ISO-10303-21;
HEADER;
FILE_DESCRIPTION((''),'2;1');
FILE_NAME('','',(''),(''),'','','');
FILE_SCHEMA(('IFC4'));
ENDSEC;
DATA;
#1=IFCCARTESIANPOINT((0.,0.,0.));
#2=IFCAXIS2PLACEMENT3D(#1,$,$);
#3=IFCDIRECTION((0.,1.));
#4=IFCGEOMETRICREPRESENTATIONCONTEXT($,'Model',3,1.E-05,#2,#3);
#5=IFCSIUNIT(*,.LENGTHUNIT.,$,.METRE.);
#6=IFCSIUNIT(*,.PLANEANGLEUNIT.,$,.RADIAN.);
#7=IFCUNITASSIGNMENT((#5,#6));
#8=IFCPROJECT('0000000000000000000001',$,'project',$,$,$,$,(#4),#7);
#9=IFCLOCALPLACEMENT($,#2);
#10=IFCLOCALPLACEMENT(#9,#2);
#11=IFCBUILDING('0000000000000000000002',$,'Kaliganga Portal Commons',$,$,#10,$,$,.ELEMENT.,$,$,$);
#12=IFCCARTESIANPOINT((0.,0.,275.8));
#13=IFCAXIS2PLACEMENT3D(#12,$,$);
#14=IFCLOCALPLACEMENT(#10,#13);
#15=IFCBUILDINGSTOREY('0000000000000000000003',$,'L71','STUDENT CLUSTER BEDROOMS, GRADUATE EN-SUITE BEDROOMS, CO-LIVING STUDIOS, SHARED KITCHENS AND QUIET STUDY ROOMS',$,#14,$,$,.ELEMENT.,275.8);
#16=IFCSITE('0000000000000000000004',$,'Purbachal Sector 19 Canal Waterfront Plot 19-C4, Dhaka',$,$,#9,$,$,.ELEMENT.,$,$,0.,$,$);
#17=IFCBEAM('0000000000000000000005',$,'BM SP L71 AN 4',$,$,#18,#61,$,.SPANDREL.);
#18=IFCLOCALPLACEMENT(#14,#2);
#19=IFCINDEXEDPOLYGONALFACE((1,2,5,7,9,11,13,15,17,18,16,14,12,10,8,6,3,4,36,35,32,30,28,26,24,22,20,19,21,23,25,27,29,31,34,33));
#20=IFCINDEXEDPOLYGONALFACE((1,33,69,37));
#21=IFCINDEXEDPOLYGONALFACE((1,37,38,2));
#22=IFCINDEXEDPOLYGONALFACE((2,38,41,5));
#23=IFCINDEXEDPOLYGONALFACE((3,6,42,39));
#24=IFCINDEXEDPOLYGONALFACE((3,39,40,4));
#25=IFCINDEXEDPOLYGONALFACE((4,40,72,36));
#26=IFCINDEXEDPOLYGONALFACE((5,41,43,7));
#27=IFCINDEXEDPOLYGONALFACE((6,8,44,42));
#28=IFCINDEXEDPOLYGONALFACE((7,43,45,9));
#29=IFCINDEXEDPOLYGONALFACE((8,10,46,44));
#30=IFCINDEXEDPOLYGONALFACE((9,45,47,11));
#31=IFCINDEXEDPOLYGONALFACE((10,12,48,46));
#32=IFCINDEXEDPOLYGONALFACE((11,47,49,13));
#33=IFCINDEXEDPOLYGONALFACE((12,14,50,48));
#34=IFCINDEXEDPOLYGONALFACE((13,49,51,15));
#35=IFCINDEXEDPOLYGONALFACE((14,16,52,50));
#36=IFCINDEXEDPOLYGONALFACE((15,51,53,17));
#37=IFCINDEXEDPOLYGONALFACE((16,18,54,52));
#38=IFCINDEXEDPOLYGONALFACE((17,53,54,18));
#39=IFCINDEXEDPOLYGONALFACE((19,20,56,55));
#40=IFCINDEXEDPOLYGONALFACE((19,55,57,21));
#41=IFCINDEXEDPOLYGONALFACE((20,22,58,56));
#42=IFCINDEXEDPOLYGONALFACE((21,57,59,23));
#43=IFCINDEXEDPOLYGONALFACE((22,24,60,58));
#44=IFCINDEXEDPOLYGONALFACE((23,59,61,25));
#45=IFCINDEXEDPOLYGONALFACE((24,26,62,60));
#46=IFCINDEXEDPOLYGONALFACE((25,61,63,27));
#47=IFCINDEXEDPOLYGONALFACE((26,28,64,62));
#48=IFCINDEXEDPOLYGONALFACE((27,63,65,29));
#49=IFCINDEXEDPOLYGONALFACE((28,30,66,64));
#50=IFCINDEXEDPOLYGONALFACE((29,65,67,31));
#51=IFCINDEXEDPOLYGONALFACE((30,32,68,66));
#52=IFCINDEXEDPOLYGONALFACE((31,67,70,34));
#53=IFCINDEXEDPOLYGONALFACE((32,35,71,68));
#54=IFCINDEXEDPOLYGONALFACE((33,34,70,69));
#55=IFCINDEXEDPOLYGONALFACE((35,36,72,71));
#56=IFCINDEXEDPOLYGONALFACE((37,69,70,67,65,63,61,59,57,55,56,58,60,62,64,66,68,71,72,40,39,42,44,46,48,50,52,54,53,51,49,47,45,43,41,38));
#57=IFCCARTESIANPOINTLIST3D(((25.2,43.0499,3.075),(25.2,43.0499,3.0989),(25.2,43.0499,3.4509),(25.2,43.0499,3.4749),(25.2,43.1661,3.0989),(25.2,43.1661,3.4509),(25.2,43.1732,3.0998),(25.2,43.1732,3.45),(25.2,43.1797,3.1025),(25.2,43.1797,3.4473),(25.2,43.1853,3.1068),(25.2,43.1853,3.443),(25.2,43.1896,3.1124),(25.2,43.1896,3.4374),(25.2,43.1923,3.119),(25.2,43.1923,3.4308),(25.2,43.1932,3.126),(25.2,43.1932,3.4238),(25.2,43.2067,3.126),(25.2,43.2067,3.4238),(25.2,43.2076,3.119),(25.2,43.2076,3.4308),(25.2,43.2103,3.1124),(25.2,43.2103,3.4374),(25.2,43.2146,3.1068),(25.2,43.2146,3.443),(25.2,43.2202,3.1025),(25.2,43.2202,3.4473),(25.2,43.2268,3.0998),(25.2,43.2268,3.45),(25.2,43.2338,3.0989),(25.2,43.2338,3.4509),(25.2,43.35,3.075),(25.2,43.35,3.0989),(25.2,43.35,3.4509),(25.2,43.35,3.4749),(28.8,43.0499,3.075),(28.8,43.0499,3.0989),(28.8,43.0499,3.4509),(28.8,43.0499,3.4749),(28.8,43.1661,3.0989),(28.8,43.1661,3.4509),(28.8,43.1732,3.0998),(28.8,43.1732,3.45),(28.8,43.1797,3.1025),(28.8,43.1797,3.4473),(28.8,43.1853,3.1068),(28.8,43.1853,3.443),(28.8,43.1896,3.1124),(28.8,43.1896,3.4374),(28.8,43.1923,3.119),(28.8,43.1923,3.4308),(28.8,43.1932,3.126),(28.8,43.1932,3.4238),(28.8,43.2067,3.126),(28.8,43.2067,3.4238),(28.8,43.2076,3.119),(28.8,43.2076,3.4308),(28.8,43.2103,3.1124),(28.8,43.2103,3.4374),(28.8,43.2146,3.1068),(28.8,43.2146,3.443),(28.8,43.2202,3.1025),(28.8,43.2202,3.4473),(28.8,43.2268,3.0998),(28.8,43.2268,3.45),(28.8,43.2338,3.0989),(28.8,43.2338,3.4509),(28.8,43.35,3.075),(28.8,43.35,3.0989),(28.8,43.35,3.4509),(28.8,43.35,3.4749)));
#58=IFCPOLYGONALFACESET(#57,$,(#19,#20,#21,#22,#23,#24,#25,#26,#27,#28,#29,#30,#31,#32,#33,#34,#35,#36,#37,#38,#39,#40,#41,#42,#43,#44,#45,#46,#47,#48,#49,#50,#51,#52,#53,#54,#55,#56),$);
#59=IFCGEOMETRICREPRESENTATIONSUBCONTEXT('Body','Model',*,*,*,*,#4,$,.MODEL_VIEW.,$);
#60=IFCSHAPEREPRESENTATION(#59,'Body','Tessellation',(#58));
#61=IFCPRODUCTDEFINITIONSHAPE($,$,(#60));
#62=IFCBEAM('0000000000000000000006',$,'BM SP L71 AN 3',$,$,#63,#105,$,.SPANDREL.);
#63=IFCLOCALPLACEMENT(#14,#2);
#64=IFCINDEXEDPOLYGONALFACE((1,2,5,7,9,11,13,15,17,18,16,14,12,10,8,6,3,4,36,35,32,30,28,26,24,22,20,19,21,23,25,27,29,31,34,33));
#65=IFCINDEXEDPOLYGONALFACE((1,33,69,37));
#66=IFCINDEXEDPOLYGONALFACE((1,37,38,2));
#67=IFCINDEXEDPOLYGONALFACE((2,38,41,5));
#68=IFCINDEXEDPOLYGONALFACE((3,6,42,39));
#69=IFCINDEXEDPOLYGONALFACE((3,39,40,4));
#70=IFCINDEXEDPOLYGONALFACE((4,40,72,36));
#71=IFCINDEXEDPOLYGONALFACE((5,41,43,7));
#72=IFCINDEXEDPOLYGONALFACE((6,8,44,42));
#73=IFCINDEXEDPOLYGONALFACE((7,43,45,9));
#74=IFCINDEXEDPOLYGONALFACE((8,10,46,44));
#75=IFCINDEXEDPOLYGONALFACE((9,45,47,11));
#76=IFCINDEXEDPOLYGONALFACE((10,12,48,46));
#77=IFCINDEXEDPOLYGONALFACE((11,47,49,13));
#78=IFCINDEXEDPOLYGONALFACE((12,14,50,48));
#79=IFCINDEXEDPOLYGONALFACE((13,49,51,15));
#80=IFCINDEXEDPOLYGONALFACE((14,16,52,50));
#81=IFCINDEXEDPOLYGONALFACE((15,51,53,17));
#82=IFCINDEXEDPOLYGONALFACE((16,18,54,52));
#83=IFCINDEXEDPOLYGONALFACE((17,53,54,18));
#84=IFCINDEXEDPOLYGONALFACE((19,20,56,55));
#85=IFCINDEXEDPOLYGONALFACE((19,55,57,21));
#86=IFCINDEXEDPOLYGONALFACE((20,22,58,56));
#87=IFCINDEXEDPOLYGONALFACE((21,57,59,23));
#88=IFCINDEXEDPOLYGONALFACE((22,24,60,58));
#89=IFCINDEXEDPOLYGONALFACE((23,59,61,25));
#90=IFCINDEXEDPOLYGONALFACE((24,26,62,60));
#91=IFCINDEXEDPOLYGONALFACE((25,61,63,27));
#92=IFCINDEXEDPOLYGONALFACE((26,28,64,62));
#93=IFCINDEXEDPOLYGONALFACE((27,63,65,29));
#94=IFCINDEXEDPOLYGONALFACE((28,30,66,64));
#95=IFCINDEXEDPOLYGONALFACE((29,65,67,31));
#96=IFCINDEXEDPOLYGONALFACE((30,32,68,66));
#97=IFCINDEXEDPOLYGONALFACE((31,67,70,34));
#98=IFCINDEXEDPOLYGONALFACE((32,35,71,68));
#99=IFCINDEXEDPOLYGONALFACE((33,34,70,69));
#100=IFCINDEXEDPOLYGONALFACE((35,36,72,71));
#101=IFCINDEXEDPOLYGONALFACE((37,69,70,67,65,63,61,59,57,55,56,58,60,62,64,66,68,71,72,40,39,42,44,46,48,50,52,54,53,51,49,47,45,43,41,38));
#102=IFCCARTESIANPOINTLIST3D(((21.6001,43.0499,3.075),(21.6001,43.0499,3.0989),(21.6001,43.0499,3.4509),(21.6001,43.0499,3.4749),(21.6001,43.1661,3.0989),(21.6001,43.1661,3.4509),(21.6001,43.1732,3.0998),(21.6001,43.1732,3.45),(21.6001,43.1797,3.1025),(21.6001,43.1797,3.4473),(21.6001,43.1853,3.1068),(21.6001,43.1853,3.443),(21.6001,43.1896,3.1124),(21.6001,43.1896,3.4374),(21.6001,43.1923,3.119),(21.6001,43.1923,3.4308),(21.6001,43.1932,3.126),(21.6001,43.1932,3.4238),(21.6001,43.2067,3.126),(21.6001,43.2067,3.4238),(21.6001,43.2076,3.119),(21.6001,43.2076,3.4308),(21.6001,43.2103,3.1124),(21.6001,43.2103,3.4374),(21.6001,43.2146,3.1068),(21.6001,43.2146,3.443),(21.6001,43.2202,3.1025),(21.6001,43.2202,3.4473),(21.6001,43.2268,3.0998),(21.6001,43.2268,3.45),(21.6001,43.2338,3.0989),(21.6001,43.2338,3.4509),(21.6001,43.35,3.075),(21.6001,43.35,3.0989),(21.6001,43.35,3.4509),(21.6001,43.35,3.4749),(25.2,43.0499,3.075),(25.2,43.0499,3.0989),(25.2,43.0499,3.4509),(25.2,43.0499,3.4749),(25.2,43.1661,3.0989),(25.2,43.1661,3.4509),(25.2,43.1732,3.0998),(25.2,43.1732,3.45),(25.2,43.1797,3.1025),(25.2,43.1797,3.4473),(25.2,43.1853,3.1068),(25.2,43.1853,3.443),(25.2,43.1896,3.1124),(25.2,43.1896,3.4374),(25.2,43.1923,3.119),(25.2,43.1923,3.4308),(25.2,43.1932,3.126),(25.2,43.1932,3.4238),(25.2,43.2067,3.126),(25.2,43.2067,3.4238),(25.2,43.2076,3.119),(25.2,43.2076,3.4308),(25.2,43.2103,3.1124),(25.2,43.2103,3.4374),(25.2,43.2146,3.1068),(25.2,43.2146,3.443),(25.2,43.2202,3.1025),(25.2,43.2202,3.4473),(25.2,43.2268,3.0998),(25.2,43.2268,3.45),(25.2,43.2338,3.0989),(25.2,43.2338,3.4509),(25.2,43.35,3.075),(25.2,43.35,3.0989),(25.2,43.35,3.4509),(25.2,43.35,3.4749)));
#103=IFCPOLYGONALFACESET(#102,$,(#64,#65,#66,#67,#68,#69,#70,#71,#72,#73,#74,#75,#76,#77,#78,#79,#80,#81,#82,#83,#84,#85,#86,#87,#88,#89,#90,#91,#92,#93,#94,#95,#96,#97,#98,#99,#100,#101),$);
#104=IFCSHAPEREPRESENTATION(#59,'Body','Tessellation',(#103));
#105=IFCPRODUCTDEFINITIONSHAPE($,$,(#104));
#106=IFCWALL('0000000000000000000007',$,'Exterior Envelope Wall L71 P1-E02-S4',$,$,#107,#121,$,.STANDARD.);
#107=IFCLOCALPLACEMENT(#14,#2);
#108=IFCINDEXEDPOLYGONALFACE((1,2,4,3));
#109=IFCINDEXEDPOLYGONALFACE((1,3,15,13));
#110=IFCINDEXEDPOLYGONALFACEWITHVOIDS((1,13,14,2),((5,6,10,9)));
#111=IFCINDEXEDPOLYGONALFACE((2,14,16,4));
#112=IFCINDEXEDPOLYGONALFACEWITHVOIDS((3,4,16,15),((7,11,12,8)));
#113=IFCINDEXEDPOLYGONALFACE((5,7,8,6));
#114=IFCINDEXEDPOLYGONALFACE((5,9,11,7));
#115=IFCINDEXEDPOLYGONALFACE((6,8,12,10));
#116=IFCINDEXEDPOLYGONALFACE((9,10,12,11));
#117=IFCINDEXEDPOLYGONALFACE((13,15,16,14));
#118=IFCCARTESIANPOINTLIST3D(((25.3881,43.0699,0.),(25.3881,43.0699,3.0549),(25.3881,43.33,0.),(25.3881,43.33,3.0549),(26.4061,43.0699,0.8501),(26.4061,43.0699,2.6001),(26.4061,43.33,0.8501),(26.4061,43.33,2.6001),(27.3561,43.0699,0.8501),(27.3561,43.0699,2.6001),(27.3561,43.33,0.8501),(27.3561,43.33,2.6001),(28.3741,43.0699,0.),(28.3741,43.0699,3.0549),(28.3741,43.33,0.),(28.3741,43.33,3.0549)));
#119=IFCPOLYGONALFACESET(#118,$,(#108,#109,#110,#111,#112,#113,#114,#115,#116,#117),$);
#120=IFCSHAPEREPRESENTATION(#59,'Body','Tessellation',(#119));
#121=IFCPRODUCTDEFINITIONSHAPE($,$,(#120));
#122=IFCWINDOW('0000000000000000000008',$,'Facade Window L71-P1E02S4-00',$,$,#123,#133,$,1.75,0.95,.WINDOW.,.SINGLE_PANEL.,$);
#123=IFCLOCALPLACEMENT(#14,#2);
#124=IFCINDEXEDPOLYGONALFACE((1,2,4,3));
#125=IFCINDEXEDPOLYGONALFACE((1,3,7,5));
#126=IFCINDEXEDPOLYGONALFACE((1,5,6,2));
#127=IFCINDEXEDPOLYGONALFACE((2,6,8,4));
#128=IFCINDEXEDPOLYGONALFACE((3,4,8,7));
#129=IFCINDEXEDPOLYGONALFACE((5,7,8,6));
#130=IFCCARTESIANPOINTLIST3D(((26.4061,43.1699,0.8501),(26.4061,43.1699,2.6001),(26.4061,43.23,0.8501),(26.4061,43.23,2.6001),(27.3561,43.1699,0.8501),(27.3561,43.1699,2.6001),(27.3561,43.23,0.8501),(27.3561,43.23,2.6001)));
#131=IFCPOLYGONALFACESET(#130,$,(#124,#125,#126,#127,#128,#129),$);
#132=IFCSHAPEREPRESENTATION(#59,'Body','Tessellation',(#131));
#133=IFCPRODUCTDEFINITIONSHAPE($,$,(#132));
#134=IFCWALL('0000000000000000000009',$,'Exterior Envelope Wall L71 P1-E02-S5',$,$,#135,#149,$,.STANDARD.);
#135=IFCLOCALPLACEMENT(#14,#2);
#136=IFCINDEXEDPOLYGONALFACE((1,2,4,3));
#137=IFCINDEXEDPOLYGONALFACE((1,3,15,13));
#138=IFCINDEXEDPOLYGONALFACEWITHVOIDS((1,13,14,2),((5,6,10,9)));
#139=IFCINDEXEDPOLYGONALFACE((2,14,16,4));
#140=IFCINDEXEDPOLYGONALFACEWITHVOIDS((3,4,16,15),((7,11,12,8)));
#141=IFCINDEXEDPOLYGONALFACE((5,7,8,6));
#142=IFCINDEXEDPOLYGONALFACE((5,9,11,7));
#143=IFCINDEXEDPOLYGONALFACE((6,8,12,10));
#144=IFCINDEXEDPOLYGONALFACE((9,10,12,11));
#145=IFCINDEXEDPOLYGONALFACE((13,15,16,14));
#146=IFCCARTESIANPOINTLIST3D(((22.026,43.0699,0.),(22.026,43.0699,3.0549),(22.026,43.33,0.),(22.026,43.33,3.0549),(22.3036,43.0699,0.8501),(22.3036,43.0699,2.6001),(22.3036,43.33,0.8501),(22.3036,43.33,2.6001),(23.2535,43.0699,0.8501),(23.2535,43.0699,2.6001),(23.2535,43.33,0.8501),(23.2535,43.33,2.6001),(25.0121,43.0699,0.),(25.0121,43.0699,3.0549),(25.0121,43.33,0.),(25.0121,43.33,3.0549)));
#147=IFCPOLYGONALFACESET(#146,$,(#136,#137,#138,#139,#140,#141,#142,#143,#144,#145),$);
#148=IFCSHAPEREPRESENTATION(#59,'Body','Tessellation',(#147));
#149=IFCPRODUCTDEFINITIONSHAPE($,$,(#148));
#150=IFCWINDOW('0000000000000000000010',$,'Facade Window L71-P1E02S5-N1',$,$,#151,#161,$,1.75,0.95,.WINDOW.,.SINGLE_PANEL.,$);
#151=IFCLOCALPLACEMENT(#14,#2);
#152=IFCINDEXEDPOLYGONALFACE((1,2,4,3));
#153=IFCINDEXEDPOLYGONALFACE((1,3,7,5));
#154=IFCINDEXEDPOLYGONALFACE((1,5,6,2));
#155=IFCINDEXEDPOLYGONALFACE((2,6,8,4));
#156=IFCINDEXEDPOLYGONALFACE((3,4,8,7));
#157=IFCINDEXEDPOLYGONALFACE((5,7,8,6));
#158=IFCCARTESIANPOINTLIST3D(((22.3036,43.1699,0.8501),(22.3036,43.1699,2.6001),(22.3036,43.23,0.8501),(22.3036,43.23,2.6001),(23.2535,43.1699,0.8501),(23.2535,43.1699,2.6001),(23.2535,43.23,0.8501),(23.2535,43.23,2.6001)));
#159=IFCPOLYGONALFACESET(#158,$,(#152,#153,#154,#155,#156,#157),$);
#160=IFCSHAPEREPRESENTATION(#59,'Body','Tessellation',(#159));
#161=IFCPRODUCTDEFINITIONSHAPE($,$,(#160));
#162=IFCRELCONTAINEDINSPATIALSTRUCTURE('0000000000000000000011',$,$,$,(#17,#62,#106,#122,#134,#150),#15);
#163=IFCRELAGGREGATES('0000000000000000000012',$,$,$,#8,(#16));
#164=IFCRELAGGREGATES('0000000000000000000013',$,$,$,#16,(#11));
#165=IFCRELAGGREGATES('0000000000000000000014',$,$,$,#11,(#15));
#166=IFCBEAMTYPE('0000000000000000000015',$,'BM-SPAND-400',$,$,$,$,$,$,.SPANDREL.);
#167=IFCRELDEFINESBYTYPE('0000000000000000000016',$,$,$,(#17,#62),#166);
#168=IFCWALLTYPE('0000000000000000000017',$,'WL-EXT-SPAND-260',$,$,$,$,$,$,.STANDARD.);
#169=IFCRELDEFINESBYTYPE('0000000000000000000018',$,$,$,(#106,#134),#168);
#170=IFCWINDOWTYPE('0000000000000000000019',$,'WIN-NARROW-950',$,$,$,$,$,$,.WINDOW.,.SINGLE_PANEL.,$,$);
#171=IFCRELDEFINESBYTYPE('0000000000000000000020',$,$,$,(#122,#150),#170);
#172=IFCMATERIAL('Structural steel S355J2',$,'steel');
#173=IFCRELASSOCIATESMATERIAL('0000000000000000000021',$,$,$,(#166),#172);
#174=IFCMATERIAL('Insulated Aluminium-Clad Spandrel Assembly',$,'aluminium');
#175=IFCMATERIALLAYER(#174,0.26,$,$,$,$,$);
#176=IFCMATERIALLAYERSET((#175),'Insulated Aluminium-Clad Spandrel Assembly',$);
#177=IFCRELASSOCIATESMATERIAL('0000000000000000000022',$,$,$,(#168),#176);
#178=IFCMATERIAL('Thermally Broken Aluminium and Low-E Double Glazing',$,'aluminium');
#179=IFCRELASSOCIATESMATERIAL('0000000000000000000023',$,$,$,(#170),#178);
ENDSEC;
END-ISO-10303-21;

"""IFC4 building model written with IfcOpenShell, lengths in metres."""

from ifc_helpers import new_model, si_unit, direction, frame, frame_2d, origin, origin_2d, place, context, subcontext, project, spatial, rectangle, i_section, extrude, source, transform, mapped, material, layer, layer_set, material_profile, profile_set, type_object, element, fill, save


model = new_model("IFC4")

# Units and contexts
model_context = context("Model", 3, precision=1e-05, world=origin(), true_north=direction((0.0, 1.0)))
body_context = subcontext(model_context, "Body", "Model", "MODEL_VIEW")
ifc_project = project(units=[si_unit("LENGTHUNIT", "METRE"), si_unit("PLANEANGLEUNIT", "RADIAN")], contexts=[model_context])

# Site, building, storey
site_placement = place(None, origin())
site = spatial("IfcSite", under=ifc_project, at=site_placement, Name="Purbachal Sector 19 Canal Waterfront Plot 19-C4, Dhaka", CompositionType="ELEMENT", RefElevation=0.0)
building_placement = place(site_placement, origin())
building = spatial("IfcBuilding", under=site, at=building_placement, Name="Kaliganga Portal Commons", CompositionType="ELEMENT")
storey_placement = place(building_placement, frame((0.0, 0.0, 275.8)))
storey = spatial("IfcBuildingStorey", under=building, at=storey_placement, Name="L71", Description="STUDENT CLUSTER BEDROOMS, GRADUATE EN-SUITE BEDROOMS, CO-LIVING STUDIOS, SHARED KITCHENS AND QUIET STUDY ROOMS", CompositionType="ELEMENT", Elevation=275.8)

# Shared definitions
ifc_material_1 = material(Name="Structural steel S355J2", Category="steel")

# Beams
ifc_material_profile_1 = material_profile(ifc_material_1, i_section(OverallWidth=0.3, OverallDepth=0.3999, WebThickness=0.0134, FlangeThickness=0.0239, FilletRadius=0.0271, at=origin_2d()), Name="HE 400 B")
ifc_profile_set_1 = profile_set([ifc_material_profile_1], Name="Structural steel S355J2 wide-flange")
beam_type = type_object("IfcBeamType", Name="BM-SPAND-400", PredefinedType="SPANDREL", material=ifc_profile_set_1)
shared_shape_1 = source(origin(), body_context, "Body", "SweptSolid", [
    extrude(i_section(OverallWidth=0.3, OverallDepth=0.3999, WebThickness=0.0134, FlangeThickness=0.0239, FilletRadius=0.0271, at=origin_2d()), origin(), (0.0, 0.0, 1.0), 3.6001),
])
for number, where, z_axis, x_axis, name in (
    (1, (25.2, 43.2, 3.2749), (1.0, 0.0, 0.0), (0.0, 1.0, 0.0), "BM SP L71 AN 4"),
):
    element("IfcBeam", number, at=place(storey_placement, frame(where, z_axis=z_axis, x_axis=x_axis)), inside=storey, type_object=beam_type, Name=name, PredefinedType="SPANDREL", context=body_context, shape_type="MappedRepresentation", body=[
        mapped(shared_shape_1, transform((0.0, 0.0, 0.0), x_axis=(1.0, 0.0, 0.0), y_axis=(0.0, 1.0, 0.0), z_axis=(0.0, 0.0, 1.0), scale=1.0)),
    ])
shared_shape_2 = source(origin(), body_context, "Body", "SweptSolid", [
    extrude(i_section(OverallWidth=0.3, OverallDepth=0.3999, WebThickness=0.0134, FlangeThickness=0.0239, FilletRadius=0.0271, at=origin_2d()), origin(), (0.0, 0.0, 1.0), 3.5999),
])
beam_placement = place(storey_placement, frame((21.6001, 43.2, 3.2749), z_axis=(1.0, 0.0, 0.0), x_axis=(0.0, 1.0, 0.0)))
element("IfcBeam", 2, at=beam_placement, inside=storey, type_object=beam_type, Name="BM SP L71 AN 3", PredefinedType="SPANDREL", context=body_context, shape_type="MappedRepresentation", body=[
    mapped(shared_shape_2, transform((0.0, 0.0, 0.0), x_axis=(1.0, 0.0, 0.0), y_axis=(0.0, 1.0, 0.0), z_axis=(0.0, 0.0, 1.0), scale=1.0)),
])

# Walls, openings, windows
ifc_material_2 = material(Name="Insulated Aluminium-Clad Spandrel Assembly", Category="aluminium")
ifc_layer_1 = layer(ifc_material_2, 0.26)
ifc_layer_set_1 = layer_set([ifc_layer_1], Name="Insulated Aluminium-Clad Spandrel Assembly")
wall_type_1 = type_object("IfcWallType", Name="WL-EXT-SPAND-260", PredefinedType="STANDARD", material=ifc_layer_set_1)
wall_1_placement = place(storey_placement, frame((25.3879, 43.2, 0.0), z_axis=(0.0, 0.0, 1.0), x_axis=(1.0, 0.0, 0.0)))
wall_1 = element("IfcWall", 3, at=wall_1_placement, inside=storey, type_object=wall_type_1, Name="Exterior Envelope Wall L71 P1-E02-S4", PredefinedType="STANDARD", context=body_context, shape_type="SweptSolid", body=[
    extrude(rectangle(XDim=2.9861, YDim=0.26, at=frame_2d((1.4932, 0.0))), origin(), (0.0, 0.0, 1.0), 3.0549),
])
opening_1_placement = place(wall_1_placement, frame((1.0181, 0.0, 0.8501)))
opening_1 = element("IfcOpeningElement", 4, at=opening_1_placement, cuts=wall_1, PredefinedType="OPENING", context=body_context, shape_type="SweptSolid", body=[
    extrude(rectangle(XDim=0.95, YDim=1.75, at=frame_2d((0.4751, 0.875))), frame((0.0, 0.1401, 0.0), z_axis=(0.0, -1.0, 0.0), x_axis=(1.0, 0.0, 0.0)), (0.0, 0.0, 1.0), 0.28),
])
ifc_material_3 = material(Name="Thermally Broken Aluminium and Low-E Double Glazing", Category="aluminium")
window_type = type_object("IfcWindowType", Name="WIN-NARROW-950", PartitioningType="SINGLE_PANEL", PredefinedType="WINDOW", material=ifc_material_3)
window_1_placement = place(opening_1_placement, origin())
window_1 = element("IfcWindow", 5, at=window_1_placement, inside=storey, type_object=window_type, Name="Facade Window L71-P1E02S4-00", OverallHeight=1.75, OverallWidth=0.95, PartitioningType="SINGLE_PANEL", PredefinedType="WINDOW", context=body_context, shape_type="SweptSolid", body=[
    extrude(rectangle(XDim=0.95, YDim=1.75, at=frame_2d((0.4751, 0.875))), frame((0.0, 0.03, 0.0), z_axis=(0.0, -1.0, 0.0), x_axis=(1.0, 0.0, 0.0)), (0.0, 0.0, 1.0), 0.0601),
])
fill(opening_1, window_1)
wall_2_placement = place(storey_placement, frame((22.0259, 43.2, 0.0), z_axis=(0.0, 0.0, 1.0), x_axis=(1.0, 0.0, 0.0)))
wall_2 = element("IfcWall", 6, at=wall_2_placement, inside=storey, type_object=wall_type_1, Name="Exterior Envelope Wall L71 P1-E02-S5", PredefinedType="STANDARD", context=body_context, shape_type="SweptSolid", body=[
    extrude(rectangle(XDim=2.9861, YDim=0.26, at=frame_2d((1.4932, 0.0))), origin(), (0.0, 0.0, 1.0), 3.0549),
])
opening_2_placement = place(wall_2_placement, frame((0.2776, 0.0, 0.8501)))
opening_2 = element("IfcOpeningElement", 7, at=opening_2_placement, cuts=wall_2, PredefinedType="OPENING", context=body_context, shape_type="SweptSolid", body=[
    extrude(rectangle(XDim=0.95, YDim=1.75, at=frame_2d((0.4751, 0.875))), frame((0.0, 0.1401, 0.0), z_axis=(0.0, -1.0, 0.0), x_axis=(1.0, 0.0, 0.0)), (0.0, 0.0, 1.0), 0.28),
])
window_2_placement = place(opening_2_placement, origin())
window_2 = element("IfcWindow", 8, at=window_2_placement, inside=storey, type_object=window_type, Name="Facade Window L71-P1E02S5-N1", OverallHeight=1.75, OverallWidth=0.95, PartitioningType="SINGLE_PANEL", PredefinedType="WINDOW", context=body_context, shape_type="SweptSolid", body=[
    extrude(rectangle(XDim=0.95, YDim=1.75, at=frame_2d((0.4751, 0.875))), frame((0.0, 0.03, 0.0), z_axis=(0.0, -1.0, 0.0), x_axis=(1.0, 0.0, 0.0)), (0.0, 0.0, 1.0), 0.0601),
])
fill(opening_2, window_2)

save(model, "model.ifc")
